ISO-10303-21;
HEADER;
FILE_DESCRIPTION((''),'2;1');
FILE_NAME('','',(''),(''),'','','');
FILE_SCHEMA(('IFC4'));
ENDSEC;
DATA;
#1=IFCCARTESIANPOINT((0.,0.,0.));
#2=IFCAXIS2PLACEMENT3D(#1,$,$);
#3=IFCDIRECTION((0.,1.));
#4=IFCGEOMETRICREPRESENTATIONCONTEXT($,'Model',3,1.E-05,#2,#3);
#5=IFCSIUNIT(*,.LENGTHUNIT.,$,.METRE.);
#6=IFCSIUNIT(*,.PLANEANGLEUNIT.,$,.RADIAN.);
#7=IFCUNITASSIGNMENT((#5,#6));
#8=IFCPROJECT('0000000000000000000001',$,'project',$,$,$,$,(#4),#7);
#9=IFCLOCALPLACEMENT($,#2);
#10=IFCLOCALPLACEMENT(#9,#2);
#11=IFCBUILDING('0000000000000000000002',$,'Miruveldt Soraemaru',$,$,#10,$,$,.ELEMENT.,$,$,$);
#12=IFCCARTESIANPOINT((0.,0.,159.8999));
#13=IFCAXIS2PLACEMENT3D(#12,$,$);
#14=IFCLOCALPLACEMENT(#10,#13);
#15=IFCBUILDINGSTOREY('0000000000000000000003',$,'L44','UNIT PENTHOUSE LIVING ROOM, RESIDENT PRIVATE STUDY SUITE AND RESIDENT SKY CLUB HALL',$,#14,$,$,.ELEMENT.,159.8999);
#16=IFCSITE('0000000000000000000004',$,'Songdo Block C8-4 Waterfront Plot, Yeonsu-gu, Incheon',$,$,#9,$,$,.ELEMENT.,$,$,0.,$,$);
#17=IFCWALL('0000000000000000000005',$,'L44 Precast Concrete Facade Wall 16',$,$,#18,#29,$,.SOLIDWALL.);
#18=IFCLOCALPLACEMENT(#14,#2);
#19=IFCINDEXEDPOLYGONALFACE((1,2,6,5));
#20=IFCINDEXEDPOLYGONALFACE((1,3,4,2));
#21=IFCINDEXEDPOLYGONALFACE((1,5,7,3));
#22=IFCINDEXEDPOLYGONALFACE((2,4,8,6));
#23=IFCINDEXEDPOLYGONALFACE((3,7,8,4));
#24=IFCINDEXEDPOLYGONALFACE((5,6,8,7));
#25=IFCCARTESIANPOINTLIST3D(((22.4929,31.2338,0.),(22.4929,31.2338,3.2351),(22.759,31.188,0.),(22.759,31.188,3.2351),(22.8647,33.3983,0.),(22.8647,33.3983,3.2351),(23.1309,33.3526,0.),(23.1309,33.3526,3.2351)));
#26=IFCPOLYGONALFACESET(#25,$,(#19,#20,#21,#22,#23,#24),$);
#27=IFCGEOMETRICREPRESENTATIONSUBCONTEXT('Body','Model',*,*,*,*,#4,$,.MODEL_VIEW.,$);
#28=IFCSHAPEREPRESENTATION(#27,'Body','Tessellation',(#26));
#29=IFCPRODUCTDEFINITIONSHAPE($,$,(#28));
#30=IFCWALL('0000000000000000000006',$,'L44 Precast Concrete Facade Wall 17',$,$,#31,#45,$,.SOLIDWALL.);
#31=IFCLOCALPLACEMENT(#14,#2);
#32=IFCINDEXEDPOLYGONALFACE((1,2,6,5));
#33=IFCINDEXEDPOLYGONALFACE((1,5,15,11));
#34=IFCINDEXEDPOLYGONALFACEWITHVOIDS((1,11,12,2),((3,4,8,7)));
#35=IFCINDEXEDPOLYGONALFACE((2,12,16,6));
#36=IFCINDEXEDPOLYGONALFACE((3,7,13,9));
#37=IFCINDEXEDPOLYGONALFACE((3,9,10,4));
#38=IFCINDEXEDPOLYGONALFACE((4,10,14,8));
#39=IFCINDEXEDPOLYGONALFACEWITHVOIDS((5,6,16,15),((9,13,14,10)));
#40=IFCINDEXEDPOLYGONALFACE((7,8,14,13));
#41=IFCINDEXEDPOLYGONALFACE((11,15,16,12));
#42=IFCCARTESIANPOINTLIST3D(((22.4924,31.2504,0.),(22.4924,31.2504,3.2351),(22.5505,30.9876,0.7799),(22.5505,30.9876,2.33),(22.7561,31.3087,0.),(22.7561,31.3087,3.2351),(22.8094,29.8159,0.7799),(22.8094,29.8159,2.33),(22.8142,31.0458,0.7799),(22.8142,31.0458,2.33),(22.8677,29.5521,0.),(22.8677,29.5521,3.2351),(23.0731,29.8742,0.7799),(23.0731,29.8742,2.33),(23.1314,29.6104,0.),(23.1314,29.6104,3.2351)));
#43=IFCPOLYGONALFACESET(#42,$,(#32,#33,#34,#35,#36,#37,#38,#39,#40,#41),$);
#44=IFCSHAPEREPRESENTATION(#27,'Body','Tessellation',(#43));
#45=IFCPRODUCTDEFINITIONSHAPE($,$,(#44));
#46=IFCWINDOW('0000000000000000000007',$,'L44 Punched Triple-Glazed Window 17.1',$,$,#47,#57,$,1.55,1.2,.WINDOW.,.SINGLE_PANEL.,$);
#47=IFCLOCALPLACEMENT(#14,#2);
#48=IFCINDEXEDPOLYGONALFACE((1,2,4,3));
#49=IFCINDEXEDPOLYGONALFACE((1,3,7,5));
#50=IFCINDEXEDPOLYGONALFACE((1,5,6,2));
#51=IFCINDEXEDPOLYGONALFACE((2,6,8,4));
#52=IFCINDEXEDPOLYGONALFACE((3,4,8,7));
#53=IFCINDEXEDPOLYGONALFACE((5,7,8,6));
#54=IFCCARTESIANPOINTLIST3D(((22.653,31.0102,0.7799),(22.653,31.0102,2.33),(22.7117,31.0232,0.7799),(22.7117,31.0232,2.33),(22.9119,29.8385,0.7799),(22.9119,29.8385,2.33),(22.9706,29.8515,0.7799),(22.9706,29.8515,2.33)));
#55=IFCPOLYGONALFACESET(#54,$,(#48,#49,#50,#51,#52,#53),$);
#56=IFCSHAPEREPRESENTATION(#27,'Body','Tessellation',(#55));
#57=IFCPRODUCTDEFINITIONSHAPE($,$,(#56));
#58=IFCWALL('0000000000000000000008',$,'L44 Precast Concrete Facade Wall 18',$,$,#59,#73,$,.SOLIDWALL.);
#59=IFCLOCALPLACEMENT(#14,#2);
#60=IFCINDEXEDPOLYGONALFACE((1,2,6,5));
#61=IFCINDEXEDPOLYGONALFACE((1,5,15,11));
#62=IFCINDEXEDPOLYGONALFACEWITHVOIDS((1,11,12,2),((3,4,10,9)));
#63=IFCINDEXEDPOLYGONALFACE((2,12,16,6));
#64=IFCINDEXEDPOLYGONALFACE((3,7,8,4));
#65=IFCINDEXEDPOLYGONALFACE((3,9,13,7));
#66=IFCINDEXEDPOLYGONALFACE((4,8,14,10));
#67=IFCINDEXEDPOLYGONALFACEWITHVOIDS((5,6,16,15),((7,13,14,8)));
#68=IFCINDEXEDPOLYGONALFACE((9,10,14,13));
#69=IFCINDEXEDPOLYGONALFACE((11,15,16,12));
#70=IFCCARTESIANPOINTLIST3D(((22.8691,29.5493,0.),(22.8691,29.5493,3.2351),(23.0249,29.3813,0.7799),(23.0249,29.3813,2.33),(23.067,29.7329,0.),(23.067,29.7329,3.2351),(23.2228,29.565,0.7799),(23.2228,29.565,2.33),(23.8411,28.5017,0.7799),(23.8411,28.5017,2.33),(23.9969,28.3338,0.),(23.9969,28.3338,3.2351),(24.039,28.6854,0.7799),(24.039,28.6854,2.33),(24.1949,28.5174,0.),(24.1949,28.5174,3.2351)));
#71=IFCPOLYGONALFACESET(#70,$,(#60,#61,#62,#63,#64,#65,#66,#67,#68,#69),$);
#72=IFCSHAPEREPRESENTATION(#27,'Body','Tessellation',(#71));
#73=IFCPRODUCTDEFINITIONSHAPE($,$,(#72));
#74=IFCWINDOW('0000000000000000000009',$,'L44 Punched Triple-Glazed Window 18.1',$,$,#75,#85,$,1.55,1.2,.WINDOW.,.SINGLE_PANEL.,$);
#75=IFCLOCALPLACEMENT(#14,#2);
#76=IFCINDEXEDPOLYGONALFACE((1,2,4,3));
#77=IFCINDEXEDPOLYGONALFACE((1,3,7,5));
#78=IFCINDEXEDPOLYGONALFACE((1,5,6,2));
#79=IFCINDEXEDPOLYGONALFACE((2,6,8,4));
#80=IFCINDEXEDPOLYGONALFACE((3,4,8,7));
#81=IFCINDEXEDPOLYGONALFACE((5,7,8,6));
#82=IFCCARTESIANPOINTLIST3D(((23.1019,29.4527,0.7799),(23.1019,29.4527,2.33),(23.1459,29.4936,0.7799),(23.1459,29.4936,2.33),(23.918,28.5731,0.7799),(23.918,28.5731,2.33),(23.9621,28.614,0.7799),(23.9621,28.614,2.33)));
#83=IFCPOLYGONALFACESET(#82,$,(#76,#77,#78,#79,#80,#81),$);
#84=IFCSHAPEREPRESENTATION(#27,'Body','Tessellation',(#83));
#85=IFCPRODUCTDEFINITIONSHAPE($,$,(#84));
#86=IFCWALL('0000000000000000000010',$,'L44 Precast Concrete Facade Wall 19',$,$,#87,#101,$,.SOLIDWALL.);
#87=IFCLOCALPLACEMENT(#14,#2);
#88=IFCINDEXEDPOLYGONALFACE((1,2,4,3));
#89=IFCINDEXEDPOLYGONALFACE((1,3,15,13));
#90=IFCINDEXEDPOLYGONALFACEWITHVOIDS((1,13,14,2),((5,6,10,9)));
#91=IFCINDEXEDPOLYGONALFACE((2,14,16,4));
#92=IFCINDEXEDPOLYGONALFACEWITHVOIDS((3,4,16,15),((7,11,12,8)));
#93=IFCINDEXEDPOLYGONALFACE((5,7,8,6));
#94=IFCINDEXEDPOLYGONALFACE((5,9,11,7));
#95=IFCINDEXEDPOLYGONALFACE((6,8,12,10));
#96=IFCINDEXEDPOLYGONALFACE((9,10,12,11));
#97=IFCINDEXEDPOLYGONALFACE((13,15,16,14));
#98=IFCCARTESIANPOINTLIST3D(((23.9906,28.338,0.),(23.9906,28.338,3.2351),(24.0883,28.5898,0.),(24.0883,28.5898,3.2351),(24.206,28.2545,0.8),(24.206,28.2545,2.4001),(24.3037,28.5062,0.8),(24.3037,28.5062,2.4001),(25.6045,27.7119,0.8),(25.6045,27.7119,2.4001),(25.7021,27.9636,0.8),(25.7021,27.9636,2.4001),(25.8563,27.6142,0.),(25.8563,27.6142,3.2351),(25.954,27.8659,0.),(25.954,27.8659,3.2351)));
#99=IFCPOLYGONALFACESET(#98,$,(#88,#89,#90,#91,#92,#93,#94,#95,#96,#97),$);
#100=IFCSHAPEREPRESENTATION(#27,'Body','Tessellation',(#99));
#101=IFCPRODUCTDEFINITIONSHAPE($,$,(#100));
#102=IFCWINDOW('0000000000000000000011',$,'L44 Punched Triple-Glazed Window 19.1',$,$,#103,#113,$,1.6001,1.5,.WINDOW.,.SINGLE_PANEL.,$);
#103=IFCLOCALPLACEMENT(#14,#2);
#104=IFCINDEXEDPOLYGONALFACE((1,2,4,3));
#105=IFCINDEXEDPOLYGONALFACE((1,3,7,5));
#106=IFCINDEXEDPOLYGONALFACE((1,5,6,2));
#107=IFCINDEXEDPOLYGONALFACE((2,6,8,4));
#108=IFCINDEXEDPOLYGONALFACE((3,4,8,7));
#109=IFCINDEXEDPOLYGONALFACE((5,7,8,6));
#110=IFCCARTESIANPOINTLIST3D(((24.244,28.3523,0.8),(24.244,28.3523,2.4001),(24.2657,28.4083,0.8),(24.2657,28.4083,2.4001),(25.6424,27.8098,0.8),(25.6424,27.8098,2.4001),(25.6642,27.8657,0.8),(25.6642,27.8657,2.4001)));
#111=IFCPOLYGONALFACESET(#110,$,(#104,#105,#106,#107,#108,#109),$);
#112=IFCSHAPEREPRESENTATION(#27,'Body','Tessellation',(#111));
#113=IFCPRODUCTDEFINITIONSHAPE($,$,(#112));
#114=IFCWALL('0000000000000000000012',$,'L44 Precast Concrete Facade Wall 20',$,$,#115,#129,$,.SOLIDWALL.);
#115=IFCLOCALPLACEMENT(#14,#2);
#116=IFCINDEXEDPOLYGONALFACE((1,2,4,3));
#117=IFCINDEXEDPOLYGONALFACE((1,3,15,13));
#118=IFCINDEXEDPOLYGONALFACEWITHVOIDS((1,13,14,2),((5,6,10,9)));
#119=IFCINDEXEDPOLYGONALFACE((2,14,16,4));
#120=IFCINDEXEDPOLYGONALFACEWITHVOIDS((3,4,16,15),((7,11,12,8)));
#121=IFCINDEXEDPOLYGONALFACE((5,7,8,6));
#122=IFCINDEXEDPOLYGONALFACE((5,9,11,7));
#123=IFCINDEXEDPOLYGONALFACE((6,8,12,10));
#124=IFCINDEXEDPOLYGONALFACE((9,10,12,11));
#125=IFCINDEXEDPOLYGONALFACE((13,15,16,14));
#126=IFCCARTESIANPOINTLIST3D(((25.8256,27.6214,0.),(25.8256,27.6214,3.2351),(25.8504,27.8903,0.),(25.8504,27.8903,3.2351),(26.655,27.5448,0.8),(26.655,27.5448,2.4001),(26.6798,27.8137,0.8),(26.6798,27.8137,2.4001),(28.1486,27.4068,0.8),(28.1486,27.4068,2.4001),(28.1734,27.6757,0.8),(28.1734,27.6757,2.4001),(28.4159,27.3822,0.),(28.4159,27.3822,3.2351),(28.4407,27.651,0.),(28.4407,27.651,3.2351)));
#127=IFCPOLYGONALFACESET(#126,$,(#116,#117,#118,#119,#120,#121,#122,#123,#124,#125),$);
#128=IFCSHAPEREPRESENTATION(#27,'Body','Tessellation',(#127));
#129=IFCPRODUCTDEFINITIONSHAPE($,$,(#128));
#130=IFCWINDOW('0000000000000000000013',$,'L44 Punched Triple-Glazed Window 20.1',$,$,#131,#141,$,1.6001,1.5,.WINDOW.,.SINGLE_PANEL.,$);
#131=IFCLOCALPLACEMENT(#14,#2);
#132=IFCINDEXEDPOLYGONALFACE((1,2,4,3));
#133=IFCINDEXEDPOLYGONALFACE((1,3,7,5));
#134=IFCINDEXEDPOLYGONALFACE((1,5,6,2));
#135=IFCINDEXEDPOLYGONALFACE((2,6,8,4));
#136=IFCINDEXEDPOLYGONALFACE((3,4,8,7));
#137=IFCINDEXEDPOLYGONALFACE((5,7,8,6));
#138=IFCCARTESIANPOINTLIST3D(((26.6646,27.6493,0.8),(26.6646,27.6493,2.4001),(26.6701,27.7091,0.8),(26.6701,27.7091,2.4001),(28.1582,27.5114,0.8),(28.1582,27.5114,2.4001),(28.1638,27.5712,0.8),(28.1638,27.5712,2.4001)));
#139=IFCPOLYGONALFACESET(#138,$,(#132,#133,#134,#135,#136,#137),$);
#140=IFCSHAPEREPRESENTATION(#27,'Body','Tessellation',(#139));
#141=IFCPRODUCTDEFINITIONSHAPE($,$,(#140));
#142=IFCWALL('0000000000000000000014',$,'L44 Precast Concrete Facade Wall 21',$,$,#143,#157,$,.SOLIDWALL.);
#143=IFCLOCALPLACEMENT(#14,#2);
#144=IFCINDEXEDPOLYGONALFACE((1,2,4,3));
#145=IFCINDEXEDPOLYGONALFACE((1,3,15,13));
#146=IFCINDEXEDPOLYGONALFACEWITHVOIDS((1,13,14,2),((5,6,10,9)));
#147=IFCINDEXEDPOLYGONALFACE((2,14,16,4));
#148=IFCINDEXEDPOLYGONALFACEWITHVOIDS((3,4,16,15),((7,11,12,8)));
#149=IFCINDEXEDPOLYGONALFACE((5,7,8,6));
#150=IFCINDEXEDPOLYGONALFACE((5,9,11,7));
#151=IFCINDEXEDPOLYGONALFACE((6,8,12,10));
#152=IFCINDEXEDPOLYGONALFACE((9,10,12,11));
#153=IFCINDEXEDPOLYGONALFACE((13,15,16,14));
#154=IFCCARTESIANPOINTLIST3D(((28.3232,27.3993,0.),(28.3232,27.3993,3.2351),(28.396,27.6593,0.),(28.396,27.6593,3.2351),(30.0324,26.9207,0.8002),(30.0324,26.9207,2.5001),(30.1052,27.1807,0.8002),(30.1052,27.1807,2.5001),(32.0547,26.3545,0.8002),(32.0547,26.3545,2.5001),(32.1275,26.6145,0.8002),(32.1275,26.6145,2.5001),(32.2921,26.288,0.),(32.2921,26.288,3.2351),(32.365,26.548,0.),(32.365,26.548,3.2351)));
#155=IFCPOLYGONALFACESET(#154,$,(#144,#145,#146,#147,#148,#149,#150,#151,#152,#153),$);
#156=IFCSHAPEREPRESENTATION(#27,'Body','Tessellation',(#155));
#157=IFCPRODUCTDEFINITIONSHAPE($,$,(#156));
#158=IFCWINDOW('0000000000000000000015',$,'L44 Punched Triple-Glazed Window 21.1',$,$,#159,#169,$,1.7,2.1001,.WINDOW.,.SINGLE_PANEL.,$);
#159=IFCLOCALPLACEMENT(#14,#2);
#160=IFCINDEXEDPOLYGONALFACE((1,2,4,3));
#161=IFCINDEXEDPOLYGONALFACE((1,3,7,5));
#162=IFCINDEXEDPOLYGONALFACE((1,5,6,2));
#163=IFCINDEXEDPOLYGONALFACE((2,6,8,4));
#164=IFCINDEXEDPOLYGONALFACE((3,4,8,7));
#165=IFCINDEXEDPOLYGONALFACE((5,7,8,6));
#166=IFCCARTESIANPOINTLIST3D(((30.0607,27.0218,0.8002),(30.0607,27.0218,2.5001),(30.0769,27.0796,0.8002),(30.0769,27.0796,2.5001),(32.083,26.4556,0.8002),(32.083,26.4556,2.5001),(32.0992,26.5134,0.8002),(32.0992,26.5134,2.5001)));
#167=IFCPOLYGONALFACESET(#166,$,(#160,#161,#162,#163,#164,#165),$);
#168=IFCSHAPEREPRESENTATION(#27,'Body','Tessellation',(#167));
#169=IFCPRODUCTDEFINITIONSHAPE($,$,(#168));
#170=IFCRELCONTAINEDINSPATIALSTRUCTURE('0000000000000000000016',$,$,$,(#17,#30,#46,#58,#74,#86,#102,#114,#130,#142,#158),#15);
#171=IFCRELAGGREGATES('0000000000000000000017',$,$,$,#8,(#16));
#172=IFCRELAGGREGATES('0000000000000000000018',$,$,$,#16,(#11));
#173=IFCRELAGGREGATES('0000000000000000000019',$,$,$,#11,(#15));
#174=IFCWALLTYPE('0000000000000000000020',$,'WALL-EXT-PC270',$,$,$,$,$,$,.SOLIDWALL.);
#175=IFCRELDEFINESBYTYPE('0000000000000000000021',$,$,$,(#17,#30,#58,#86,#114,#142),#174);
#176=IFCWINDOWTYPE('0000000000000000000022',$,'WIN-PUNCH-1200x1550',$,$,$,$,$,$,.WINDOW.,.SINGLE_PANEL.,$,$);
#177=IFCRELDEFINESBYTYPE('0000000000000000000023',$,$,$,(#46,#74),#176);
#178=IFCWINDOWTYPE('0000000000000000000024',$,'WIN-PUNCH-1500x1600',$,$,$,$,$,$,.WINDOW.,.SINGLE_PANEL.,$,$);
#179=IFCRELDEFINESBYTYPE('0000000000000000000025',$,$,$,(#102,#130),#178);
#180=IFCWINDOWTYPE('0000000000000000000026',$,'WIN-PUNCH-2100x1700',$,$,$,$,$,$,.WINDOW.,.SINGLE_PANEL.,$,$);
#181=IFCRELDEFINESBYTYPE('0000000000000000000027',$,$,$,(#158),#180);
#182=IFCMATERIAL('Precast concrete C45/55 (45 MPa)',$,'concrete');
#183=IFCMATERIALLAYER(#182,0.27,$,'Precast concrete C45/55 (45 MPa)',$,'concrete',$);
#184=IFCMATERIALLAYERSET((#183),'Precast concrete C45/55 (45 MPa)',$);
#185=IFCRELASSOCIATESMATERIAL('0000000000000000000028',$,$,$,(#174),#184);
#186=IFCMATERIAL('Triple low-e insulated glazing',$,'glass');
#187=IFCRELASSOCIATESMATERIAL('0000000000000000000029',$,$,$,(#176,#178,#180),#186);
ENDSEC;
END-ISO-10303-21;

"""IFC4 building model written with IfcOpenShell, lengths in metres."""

from ifc_helpers import new_model, si_unit, direction, frame, frame_2d, origin, place, context, subcontext, project, spatial, rectangle, extrude, material, layer, layer_set, type_object, element, fill, save


model = new_model("IFC4")

# Units and contexts
model_context = context("Model", 3, precision=1e-05, world=origin(), true_north=direction((0.0, 1.0)))
body_context = subcontext(model_context, "Body", "Model", "MODEL_VIEW")
ifc_project = project(units=[si_unit("LENGTHUNIT", "METRE"), si_unit("PLANEANGLEUNIT", "RADIAN")], contexts=[model_context])

# Site, building, storey
site_placement = place(None, origin())
site = spatial("IfcSite", under=ifc_project, at=site_placement, Name="Songdo Block C8-4 Waterfront Plot, Yeonsu-gu, Incheon", CompositionType="ELEMENT", RefElevation=0.0)
building_placement = place(site_placement, origin())
building = spatial("IfcBuilding", under=site, at=building_placement, Name="Miruveldt Soraemaru", CompositionType="ELEMENT")
storey_placement = place(building_placement, frame((0.0, 0.0, 159.8999)))
storey = spatial("IfcBuildingStorey", under=building, at=storey_placement, Name="L44", Description="UNIT PENTHOUSE LIVING ROOM, RESIDENT PRIVATE STUDY SUITE AND RESIDENT SKY CLUB HALL", CompositionType="ELEMENT", Elevation=159.8999)

# Wall
ifc_material_1 = material(Name="Precast concrete C45/55 (45 MPa)", Category="concrete")
ifc_layer_1 = layer(ifc_material_1, 0.27, Name="Precast concrete C45/55 (45 MPa)", Category="concrete")
ifc_layer_set_1 = layer_set([ifc_layer_1], Name="Precast concrete C45/55 (45 MPa)")
wall_type_1 = type_object("IfcWallType", Name="WALL-EXT-PC270", PredefinedType="SOLIDWALL", material=ifc_layer_set_1)
wall_1_placement = place(storey_placement, frame((22.9978, 33.3755, 0.0), z_axis=(0.0, 0.0, 1.0), x_axis=(-0.1693, -0.985565, 0.0)))
element("IfcWall", 1, at=wall_1_placement, inside=storey, type_object=wall_type_1, Name="L44 Precast Concrete Facade Wall 16", PredefinedType="SOLIDWALL", context=body_context, shape_type="SweptSolid", body=[
    extrude(rectangle(XDim=2.1963, YDim=0.27, at=frame_2d((1.0981, 0.0))), origin(), (0.0, 0.0, 1.0), 3.2351),
])

# Walls, openings, windows
wall_2_placement = place(storey_placement, frame((22.6243, 31.2795, 0.0), z_axis=(0.0, 0.0, 1.0), x_axis=(0.215756, -0.976447, 0.0)))
wall_2 = element("IfcWall", 2, at=wall_2_placement, inside=storey, type_object=wall_type_1, Name="L44 Precast Concrete Facade Wall 17", PredefinedType="SOLIDWALL", context=body_context, shape_type="SweptSolid", body=[
    extrude(rectangle(XDim=1.7393, YDim=0.27, at=frame_2d((0.8696, 0.0))), origin(), (0.0, 0.0, 1.0), 3.2351),
])
opening_1_placement = place(wall_2_placement, frame((0.269, 0.0, 0.78)))
opening_1 = element("IfcOpeningElement", 3, at=opening_1_placement, cuts=wall_2, PredefinedType="OPENING", context=body_context, shape_type="SweptSolid", body=[
    extrude(rectangle(XDim=1.2, YDim=1.55, at=frame_2d((0.6001, 0.7749))), frame((0.0, 0.145, 0.0), z_axis=(0.0, -1.0, 0.0), x_axis=(1.0, 0.0, 0.0)), (0.0, 0.0, 1.0), 0.29),
])
ifc_material_2 = material(Name="Triple low-e insulated glazing", Category="glass")
window_type_1 = type_object("IfcWindowType", Name="WIN-PUNCH-1200x1550", PartitioningType="SINGLE_PANEL", PredefinedType="WINDOW", material=ifc_material_2)
window_1_placement = place(opening_1_placement, origin())
window_1 = element("IfcWindow", 4, at=window_1_placement, inside=storey, type_object=window_type_1, Name="L44 Punched Triple-Glazed Window 17.1", OverallHeight=1.55, OverallWidth=1.2, PartitioningType="SINGLE_PANEL", PredefinedType="WINDOW", context=body_context, shape_type="SweptSolid", body=[
    extrude(rectangle(XDim=1.2, YDim=1.55, at=frame_2d((0.6001, 0.7749))), frame((0.0, 0.03, 0.0), z_axis=(0.0, -1.0, 0.0), x_axis=(1.0, 0.0, 0.0)), (0.0, 0.0, 1.0), 0.0601),
])
fill(opening_1, window_1)
wall_3_placement = place(storey_placement, frame((22.968, 29.6411, 0.0), z_axis=(0.0, 0.0, 1.0), x_axis=(0.680186, -0.73304, 0.0)))
wall_3 = element("IfcWall", 5, at=wall_3_placement, inside=storey, type_object=wall_type_1, Name="L44 Precast Concrete Facade Wall 18", PredefinedType="SOLIDWALL", context=body_context, shape_type="SweptSolid", body=[
    extrude(rectangle(XDim=1.6582, YDim=0.27, at=frame_2d((0.8291, 0.0))), origin(), (0.0, 0.0, 1.0), 3.2351),
])
opening_2_placement = place(wall_3_placement, frame((0.229, 0.0, 0.78)))
opening_2 = element("IfcOpeningElement", 6, at=opening_2_placement, cuts=wall_3, PredefinedType="OPENING", context=body_context, shape_type="SweptSolid", body=[
    extrude(rectangle(XDim=1.2, YDim=1.55, at=frame_2d((0.6001, 0.7749))), frame((0.0, 0.145, 0.0), z_axis=(0.0, -1.0, 0.0), x_axis=(1.0, 0.0, 0.0)), (0.0, 0.0, 1.0), 0.29),
])
window_2_placement = place(opening_2_placement, origin())
window_2 = element("IfcWindow", 7, at=window_2_placement, inside=storey, type_object=window_type_1, Name="L44 Punched Triple-Glazed Window 18.1", OverallHeight=1.55, OverallWidth=1.2, PartitioningType="SINGLE_PANEL", PredefinedType="WINDOW", context=body_context, shape_type="SweptSolid", body=[
    extrude(rectangle(XDim=1.2, YDim=1.55, at=frame_2d((0.6001, 0.7749))), frame((0.0, 0.03, 0.0), z_axis=(0.0, -1.0, 0.0), x_axis=(1.0, 0.0, 0.0)), (0.0, 0.0, 1.0), 0.0601),
])
fill(opening_2, window_2)
wall_4_placement = place(storey_placement, frame((24.0396, 28.4639, 0.0), z_axis=(0.0, 0.0, 1.0), x_axis=(0.932288, -0.361716, 0.0)))
wall_4 = element("IfcWall", 8, at=wall_4_placement, inside=storey, type_object=wall_type_1, Name="L44 Precast Concrete Facade Wall 19", PredefinedType="SOLIDWALL", context=body_context, shape_type="SweptSolid", body=[
    extrude(rectangle(XDim=2.0012, YDim=0.27, at=frame_2d((1.0005, 0.0))), origin(), (0.0, 0.0, 1.0), 3.2351),
])
opening_3_placement = place(wall_4_placement, frame((0.231, 0.0, 0.8)))
opening_3 = element("IfcOpeningElement", 9, at=opening_3_placement, cuts=wall_4, PredefinedType="OPENING", context=body_context, shape_type="SweptSolid", body=[
    extrude(rectangle(XDim=1.5, YDim=1.6001, at=frame_2d((0.75, 0.8))), frame((0.0, 0.145, 0.0), z_axis=(0.0, -1.0, 0.0), x_axis=(1.0, 0.0, 0.0)), (0.0, 0.0, 1.0), 0.29),
])
window_type_2 = type_object("IfcWindowType", Name="WIN-PUNCH-1500x1600", PartitioningType="SINGLE_PANEL", PredefinedType="WINDOW", material=ifc_material_2)
window_3_placement = place(opening_3_placement, origin())
window_3 = element("IfcWindow", 10, at=window_3_placement, inside=storey, type_object=window_type_2, Name="L44 Punched Triple-Glazed Window 19.1", OverallHeight=1.6001, OverallWidth=1.5, PartitioningType="SINGLE_PANEL", PredefinedType="WINDOW", context=body_context, shape_type="SweptSolid", body=[
    extrude(rectangle(XDim=1.5, YDim=1.6001, at=frame_2d((0.75, 0.8))), frame((0.0, 0.03, 0.0), z_axis=(0.0, -1.0, 0.0), x_axis=(1.0, 0.0, 0.0)), (0.0, 0.0, 1.0), 0.0601),
])
fill(opening_3, window_3)
wall_5_placement = place(storey_placement, frame((25.8379, 27.7559, 0.0), z_axis=(0.0, 0.0, 1.0), x_axis=(0.995761, -0.091974, 0.0)))
wall_5 = element("IfcWall", 11, at=wall_5_placement, inside=storey, type_object=wall_type_1, Name="L44 Precast Concrete Facade Wall 20", PredefinedType="SOLIDWALL", context=body_context, shape_type="SweptSolid", body=[
    extrude(rectangle(XDim=2.6013, YDim=0.27, at=frame_2d((1.3008, 0.0))), origin(), (0.0, 0.0, 1.0), 3.2351),
])
opening_4_placement = place(wall_5_placement, frame((0.833, 0.0, 0.8)))
opening_4 = element("IfcOpeningElement", 12, at=opening_4_placement, cuts=wall_5, PredefinedType="OPENING", context=body_context, shape_type="SweptSolid", body=[
    extrude(rectangle(XDim=1.5, YDim=1.6001, at=frame_2d((0.75, 0.8))), frame((0.0, 0.145, 0.0), z_axis=(0.0, -1.0, 0.0), x_axis=(1.0, 0.0, 0.0)), (0.0, 0.0, 1.0), 0.29),
])
window_4_placement = place(opening_4_placement, origin())
window_4 = element("IfcWindow", 13, at=window_4_placement, inside=storey, type_object=window_type_2, Name="L44 Punched Triple-Glazed Window 20.1", OverallHeight=1.6001, OverallWidth=1.5, PartitioningType="SINGLE_PANEL", PredefinedType="WINDOW", context=body_context, shape_type="SweptSolid", body=[
    extrude(rectangle(XDim=1.5, YDim=1.6001, at=frame_2d((0.75, 0.8))), frame((0.0, 0.03, 0.0), z_axis=(0.0, -1.0, 0.0), x_axis=(1.0, 0.0, 0.0)), (0.0, 0.0, 1.0), 0.0601),
])
fill(opening_4, window_4)
wall_6_placement = place(storey_placement, frame((28.3596, 27.5293, 0.0), z_axis=(0.0, 0.0, 1.0), x_axis=(0.962963, -0.269632, 0.0)))
wall_6 = element("IfcWall", 14, at=wall_6_placement, inside=storey, type_object=wall_type_1, Name="L44 Precast Concrete Facade Wall 21", PredefinedType="SOLIDWALL", context=body_context, shape_type="SweptSolid", body=[
    extrude(rectangle(XDim=4.1216, YDim=0.27, at=frame_2d((2.0608, 0.0))), origin(), (0.0, 0.0, 1.0), 3.2351),
])
opening_5_placement = place(wall_6_placement, frame((1.7749, 0.0, 0.8)))
opening_5 = element("IfcOpeningElement", 15, at=opening_5_placement, cuts=wall_6, PredefinedType="OPENING", context=body_context, shape_type="SweptSolid", body=[
    extrude(rectangle(XDim=2.1001, YDim=1.7, at=frame_2d((1.05, 0.8501))), frame((0.0, 0.145, 0.0), z_axis=(0.0, -1.0, 0.0), x_axis=(1.0, 0.0, 0.0)), (0.0, 0.0, 1.0), 0.29),
])
window_type_3 = type_object("IfcWindowType", Name="WIN-PUNCH-2100x1700", PartitioningType="SINGLE_PANEL", PredefinedType="WINDOW", material=ifc_material_2)
window_5_placement = place(opening_5_placement, origin())
window_5 = element("IfcWindow", 16, at=window_5_placement, inside=storey, type_object=window_type_3, Name="L44 Punched Triple-Glazed Window 21.1", OverallHeight=1.7, OverallWidth=2.1001, PartitioningType="SINGLE_PANEL", PredefinedType="WINDOW", context=body_context, shape_type="SweptSolid", body=[
    extrude(rectangle(XDim=2.1001, YDim=1.7, at=frame_2d((1.05, 0.8501))), frame((0.0, 0.03, 0.0), z_axis=(0.0, -1.0, 0.0), x_axis=(1.0, 0.0, 0.0)), (0.0, 0.0, 1.0), 0.0601),
])
fill(opening_5, window_5)

save(model, "model.ifc")
